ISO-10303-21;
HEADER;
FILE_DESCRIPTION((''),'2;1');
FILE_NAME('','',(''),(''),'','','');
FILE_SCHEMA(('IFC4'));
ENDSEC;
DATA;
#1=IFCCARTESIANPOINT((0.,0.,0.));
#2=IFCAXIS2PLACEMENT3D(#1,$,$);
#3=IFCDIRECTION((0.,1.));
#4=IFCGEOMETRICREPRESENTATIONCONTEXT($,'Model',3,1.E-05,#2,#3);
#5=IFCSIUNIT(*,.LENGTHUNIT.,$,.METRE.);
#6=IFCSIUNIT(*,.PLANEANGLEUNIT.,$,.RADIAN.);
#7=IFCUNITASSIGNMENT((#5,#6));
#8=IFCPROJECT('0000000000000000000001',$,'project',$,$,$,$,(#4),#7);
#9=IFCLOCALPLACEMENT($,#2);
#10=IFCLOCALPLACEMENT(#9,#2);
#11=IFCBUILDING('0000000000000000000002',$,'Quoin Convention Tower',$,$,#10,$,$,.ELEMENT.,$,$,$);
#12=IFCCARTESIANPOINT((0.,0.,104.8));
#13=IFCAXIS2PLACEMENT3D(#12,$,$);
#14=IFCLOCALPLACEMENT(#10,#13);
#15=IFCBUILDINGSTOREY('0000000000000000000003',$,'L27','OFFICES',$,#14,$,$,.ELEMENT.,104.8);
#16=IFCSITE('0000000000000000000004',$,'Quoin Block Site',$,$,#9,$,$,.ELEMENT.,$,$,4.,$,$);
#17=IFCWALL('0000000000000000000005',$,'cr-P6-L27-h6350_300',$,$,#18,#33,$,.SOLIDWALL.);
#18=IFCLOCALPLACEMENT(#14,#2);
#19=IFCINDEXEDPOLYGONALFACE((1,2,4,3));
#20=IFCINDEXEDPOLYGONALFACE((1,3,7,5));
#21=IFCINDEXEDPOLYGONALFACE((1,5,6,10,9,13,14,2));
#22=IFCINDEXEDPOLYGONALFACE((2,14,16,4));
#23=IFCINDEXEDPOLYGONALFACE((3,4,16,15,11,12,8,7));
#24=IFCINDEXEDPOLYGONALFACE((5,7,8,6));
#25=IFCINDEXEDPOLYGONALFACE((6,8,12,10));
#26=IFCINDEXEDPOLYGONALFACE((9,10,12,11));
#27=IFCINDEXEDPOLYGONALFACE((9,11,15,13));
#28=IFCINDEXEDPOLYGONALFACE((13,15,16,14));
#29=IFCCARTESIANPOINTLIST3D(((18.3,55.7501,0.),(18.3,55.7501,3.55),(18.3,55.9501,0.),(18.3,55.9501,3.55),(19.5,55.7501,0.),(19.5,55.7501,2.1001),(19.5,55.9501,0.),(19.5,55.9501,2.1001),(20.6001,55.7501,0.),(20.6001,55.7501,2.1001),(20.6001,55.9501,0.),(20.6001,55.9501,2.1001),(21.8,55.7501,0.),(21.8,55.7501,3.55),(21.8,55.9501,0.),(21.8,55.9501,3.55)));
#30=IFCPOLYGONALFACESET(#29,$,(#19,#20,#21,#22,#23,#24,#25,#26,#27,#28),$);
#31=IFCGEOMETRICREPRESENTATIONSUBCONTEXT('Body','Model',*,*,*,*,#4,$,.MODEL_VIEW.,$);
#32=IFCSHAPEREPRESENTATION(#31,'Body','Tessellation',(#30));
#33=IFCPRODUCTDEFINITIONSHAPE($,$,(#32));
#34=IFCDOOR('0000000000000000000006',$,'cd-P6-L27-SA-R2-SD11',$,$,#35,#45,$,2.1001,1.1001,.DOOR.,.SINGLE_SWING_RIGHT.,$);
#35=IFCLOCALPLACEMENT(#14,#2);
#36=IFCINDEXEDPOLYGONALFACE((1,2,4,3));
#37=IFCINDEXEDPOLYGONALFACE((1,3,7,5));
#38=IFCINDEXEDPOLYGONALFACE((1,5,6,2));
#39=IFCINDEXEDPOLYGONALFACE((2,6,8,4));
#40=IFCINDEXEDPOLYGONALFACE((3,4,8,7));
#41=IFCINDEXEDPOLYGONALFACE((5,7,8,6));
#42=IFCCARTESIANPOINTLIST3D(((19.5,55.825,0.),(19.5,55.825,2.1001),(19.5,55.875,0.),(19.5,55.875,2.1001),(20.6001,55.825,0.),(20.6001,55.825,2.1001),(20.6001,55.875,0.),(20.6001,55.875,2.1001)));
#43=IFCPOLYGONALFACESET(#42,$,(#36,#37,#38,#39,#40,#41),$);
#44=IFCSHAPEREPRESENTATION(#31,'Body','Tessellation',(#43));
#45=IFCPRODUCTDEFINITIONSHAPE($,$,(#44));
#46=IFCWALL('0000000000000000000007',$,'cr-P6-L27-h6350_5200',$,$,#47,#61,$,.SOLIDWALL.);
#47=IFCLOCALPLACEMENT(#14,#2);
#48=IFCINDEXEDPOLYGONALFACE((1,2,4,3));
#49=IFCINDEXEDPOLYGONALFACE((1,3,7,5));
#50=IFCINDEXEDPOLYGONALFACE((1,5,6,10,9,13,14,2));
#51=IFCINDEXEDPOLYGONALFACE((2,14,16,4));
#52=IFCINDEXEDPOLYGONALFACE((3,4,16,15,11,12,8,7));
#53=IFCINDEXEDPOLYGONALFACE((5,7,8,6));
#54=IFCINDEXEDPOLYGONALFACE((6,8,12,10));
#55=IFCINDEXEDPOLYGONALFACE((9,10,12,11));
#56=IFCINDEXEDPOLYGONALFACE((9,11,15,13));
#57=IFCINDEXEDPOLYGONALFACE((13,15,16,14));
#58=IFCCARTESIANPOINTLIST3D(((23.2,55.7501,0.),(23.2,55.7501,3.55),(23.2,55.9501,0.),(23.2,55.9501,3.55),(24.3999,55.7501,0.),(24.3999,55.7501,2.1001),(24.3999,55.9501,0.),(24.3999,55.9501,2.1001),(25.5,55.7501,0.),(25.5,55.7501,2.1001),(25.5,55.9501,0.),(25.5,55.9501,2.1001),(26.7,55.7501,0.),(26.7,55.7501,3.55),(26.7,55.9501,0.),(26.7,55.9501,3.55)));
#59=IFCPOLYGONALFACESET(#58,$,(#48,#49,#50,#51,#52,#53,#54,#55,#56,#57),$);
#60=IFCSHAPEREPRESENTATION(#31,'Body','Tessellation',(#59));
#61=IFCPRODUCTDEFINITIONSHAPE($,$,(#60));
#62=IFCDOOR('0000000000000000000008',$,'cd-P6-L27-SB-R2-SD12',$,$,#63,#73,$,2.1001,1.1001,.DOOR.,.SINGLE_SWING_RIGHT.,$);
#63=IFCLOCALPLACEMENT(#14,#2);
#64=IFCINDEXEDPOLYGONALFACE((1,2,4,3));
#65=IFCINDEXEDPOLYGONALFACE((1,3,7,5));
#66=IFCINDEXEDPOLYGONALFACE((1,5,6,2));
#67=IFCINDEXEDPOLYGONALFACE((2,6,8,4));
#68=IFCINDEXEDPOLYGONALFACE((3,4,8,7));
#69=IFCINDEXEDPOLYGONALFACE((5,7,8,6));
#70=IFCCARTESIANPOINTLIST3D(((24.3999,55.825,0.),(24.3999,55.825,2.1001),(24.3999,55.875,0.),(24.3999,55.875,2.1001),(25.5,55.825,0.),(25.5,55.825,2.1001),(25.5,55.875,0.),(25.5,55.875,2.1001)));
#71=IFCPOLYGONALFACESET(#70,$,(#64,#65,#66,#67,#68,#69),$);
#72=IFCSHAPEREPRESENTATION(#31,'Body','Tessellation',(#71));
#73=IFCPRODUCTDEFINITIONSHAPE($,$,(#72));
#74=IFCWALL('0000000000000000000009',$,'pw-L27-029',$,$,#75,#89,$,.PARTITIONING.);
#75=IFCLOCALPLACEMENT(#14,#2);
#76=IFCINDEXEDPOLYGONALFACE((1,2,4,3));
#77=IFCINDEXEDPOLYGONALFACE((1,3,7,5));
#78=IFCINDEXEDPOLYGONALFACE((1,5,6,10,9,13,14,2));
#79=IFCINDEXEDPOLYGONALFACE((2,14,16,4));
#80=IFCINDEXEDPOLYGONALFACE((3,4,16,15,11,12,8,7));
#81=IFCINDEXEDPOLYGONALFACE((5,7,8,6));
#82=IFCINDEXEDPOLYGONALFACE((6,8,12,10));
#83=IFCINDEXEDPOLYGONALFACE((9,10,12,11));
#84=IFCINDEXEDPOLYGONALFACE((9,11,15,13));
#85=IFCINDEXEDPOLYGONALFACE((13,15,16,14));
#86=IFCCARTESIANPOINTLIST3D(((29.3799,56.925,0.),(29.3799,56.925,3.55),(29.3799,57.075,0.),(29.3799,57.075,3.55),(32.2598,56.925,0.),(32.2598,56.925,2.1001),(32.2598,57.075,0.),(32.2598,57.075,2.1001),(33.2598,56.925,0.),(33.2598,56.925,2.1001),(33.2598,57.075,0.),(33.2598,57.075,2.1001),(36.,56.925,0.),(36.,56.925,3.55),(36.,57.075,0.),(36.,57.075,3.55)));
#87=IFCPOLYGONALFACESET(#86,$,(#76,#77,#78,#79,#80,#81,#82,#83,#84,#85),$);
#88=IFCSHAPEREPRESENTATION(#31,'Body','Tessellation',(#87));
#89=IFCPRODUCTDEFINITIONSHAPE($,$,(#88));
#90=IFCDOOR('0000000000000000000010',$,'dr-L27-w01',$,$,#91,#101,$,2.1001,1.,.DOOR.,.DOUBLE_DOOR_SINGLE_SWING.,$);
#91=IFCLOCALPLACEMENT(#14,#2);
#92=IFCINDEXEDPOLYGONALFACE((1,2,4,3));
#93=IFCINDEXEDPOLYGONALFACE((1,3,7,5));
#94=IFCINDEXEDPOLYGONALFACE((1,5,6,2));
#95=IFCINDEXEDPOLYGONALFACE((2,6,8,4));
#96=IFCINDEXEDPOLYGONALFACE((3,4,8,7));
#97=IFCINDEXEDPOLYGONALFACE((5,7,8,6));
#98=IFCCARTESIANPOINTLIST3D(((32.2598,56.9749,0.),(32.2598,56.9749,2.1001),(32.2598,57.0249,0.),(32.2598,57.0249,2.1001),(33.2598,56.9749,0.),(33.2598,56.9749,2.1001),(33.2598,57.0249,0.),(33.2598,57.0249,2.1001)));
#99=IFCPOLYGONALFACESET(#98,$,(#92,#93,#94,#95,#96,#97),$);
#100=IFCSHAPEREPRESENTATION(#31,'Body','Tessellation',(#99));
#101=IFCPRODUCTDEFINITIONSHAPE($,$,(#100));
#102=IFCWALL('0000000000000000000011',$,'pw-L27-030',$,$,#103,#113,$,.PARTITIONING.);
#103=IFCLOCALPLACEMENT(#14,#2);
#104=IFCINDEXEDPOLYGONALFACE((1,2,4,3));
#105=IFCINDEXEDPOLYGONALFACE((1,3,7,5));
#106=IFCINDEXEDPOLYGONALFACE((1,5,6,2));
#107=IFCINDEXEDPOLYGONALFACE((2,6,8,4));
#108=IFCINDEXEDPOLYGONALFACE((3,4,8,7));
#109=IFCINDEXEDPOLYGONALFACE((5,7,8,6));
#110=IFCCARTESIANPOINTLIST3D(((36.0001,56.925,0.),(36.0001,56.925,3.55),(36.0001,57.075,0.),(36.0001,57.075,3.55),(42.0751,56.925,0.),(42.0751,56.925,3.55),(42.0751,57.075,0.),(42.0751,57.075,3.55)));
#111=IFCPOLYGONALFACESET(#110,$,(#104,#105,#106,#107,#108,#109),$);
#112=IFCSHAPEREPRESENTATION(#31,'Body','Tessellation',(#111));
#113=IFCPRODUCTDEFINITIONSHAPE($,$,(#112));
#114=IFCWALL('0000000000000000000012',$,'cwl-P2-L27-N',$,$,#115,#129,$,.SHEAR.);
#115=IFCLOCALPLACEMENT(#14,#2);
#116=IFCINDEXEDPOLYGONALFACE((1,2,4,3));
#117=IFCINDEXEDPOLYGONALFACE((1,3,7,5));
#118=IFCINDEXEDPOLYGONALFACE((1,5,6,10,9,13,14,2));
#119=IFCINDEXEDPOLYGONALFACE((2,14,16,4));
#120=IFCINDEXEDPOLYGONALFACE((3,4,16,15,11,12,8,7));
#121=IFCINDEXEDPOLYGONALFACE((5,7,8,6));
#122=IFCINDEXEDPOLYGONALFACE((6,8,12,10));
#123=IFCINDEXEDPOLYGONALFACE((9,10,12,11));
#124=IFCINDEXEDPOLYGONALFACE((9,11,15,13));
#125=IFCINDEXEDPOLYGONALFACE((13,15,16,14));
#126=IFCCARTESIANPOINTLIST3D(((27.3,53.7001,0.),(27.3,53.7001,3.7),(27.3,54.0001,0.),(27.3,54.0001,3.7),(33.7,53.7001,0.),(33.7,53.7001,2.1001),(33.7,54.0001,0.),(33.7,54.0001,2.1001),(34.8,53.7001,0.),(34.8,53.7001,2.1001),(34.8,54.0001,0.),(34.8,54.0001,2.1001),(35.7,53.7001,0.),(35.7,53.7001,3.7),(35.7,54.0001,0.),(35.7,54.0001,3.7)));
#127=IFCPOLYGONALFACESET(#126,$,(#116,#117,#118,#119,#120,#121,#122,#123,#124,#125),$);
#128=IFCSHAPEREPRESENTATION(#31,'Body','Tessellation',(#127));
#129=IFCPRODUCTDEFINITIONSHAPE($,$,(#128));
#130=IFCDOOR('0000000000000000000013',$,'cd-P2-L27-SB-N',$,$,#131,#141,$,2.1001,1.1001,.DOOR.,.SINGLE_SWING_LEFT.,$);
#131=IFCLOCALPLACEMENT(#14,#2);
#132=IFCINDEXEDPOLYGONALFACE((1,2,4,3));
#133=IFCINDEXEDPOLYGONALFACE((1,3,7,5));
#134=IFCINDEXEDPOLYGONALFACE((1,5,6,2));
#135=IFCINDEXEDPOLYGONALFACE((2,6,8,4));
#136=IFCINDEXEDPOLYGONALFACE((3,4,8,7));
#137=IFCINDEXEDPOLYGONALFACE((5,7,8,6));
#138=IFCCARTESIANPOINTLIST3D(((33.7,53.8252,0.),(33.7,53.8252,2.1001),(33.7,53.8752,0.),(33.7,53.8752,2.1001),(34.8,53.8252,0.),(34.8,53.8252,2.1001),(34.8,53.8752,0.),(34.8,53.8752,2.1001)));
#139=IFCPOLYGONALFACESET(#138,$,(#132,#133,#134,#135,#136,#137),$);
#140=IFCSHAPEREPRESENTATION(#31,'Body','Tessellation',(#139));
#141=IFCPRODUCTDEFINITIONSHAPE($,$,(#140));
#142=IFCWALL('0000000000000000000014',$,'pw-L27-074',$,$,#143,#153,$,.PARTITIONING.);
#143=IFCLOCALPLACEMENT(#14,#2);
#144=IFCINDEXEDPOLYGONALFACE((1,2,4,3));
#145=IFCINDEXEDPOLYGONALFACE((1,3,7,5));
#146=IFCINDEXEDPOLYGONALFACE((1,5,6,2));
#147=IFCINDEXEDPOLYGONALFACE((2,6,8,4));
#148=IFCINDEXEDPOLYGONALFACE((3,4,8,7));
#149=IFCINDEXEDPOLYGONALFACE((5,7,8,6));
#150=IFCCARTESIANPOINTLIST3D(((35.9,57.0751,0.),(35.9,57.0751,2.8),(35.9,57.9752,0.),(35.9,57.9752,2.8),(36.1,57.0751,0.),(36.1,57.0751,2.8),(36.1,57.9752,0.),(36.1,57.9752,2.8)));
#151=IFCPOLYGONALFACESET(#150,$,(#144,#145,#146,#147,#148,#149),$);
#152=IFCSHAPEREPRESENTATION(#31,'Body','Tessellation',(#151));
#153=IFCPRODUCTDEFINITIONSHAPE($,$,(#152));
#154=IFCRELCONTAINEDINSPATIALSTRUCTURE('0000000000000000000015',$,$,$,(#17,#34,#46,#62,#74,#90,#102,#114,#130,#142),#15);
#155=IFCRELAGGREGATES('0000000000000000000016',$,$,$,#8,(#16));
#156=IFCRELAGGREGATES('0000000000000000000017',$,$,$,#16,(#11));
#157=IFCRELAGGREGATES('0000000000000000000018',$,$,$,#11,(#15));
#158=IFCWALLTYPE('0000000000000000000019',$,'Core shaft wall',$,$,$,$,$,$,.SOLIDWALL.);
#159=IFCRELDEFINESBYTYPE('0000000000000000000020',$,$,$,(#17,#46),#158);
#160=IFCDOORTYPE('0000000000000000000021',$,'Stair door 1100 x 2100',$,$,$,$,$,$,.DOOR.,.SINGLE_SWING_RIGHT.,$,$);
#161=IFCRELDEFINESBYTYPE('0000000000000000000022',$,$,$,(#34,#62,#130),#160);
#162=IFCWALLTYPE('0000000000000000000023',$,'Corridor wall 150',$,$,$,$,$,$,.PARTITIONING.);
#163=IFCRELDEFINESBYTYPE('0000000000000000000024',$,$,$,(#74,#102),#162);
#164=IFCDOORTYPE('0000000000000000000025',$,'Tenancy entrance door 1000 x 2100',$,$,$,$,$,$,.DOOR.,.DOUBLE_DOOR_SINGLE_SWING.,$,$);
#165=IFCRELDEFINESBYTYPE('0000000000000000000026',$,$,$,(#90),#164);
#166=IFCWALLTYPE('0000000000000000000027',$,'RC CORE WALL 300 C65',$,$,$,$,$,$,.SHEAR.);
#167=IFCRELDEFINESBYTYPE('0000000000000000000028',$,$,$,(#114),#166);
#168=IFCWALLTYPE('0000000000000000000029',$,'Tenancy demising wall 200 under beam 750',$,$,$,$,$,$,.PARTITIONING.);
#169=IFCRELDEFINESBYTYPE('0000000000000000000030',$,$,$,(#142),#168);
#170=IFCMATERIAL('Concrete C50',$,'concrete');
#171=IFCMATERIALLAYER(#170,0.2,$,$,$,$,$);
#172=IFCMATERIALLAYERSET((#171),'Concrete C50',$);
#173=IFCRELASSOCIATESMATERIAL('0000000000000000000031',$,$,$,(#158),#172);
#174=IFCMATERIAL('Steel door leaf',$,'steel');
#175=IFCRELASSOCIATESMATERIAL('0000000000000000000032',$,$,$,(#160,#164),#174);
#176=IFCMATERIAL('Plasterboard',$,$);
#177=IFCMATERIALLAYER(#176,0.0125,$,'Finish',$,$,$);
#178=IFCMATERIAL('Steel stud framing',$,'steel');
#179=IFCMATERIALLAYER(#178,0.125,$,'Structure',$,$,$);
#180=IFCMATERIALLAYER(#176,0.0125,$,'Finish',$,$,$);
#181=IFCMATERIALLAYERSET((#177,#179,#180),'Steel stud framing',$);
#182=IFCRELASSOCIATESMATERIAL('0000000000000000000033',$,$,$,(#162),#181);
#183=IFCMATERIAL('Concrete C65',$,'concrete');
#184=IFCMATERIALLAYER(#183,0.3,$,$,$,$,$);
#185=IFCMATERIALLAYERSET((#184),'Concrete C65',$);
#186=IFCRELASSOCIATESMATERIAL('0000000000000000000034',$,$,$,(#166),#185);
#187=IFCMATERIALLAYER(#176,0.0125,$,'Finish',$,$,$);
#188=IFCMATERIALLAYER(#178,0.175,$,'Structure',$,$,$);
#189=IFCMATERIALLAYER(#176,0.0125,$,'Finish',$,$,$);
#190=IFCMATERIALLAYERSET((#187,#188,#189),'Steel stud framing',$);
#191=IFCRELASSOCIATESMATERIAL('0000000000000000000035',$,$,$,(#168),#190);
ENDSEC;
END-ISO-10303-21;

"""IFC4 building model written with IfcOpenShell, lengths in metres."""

from ifc_helpers import new_model, si_unit, direction, frame, frame_2d, origin, place, context, subcontext, project, spatial, rectangle, extrude, material, layer, layer_set, type_object, element, fill, save


model = new_model("IFC4")

# Units and contexts
model_context = context("Model", 3, precision=1e-05, world=origin(), true_north=direction((0.0, 1.0)))
body_context = subcontext(model_context, "Body", "Model", "MODEL_VIEW")
ifc_project = project(units=[si_unit("LENGTHUNIT", "METRE"), si_unit("PLANEANGLEUNIT", "RADIAN")], contexts=[model_context])

# Site, building, storey
site_placement = place(None, origin())
site = spatial("IfcSite", under=ifc_project, at=site_placement, Name="Quoin Block Site", CompositionType="ELEMENT", RefElevation=4.0)
building_placement = place(site_placement, origin())
building = spatial("IfcBuilding", under=site, at=building_placement, Name="Quoin Convention Tower", CompositionType="ELEMENT")
storey_placement = place(building_placement, frame((0.0, 0.0, 104.8)))
storey = spatial("IfcBuildingStorey", under=building, at=storey_placement, Name="L27", Description="OFFICES", CompositionType="ELEMENT", Elevation=104.8)

# Shared definitions
ifc_material_1 = material(Name="Concrete C65", Category="concrete")

# Shared definitions
ifc_material_2 = material(Name="Concrete C50", Category="concrete")
ifc_layer_1 = layer(ifc_material_2, 0.2)
ifc_layer_set_1 = layer_set([ifc_layer_1], Name="Concrete C50")
wall_type_1 = type_object("IfcWallType", Name="Core shaft wall", PredefinedType="SOLIDWALL", material=ifc_layer_set_1)

# Walls, openings, doors
wall_1_placement = place(storey_placement, frame((18.3, 55.8501, 0.0), z_axis=(0.0, 0.0, 1.0), x_axis=(1.0, 0.0, 0.0)))
wall_1 = element("IfcWall", 1, at=wall_1_placement, inside=storey, type_object=wall_type_1, Name="cr-P6-L27-h6350_300", PredefinedType="SOLIDWALL", context=body_context, shape_type="SweptSolid", body=[
    extrude(rectangle(XDim=3.5, YDim=0.2, at=frame_2d((1.75, 0.0))), origin(), (0.0, 0.0, 1.0), 3.55),
])
opening_1_placement = place(wall_1_placement, frame((1.2, 0.0, 0.0)))
opening_1 = element("IfcOpeningElement", 2, at=opening_1_placement, cuts=wall_1, PredefinedType="OPENING", context=body_context, shape_type="SweptSolid", body=[
    extrude(rectangle(XDim=1.1001, YDim=2.1001, at=frame_2d((0.55, 1.05))), frame((0.0, 0.1099, 0.0), z_axis=(0.0, -1.0, 0.0), x_axis=(1.0, 0.0, 0.0)), (0.0, 0.0, 1.0), 0.22),
])
ifc_material_3 = material(Name="Steel door leaf", Category="steel")
door_type_1 = type_object("IfcDoorType", Name="Stair door 1100 x 2100", OperationType="SINGLE_SWING_RIGHT", PredefinedType="DOOR", material=ifc_material_3)
door_1_placement = place(opening_1_placement, origin())
door_1 = element("IfcDoor", 3, at=door_1_placement, inside=storey, type_object=door_type_1, Name="cd-P6-L27-SA-R2-SD11", OperationType="SINGLE_SWING_RIGHT", OverallHeight=2.1001, OverallWidth=1.1001, PredefinedType="DOOR", context=body_context, shape_type="SweptSolid", body=[
    extrude(rectangle(XDim=1.1001, YDim=2.1001, at=frame_2d((0.55, 1.05))), frame((0.0, 0.0249, 0.0), z_axis=(0.0, -1.0, 0.0), x_axis=(1.0, 0.0, 0.0)), (0.0, 0.0, 1.0), 0.05),
])
fill(opening_1, door_1)
wall_2_placement = place(storey_placement, frame((23.2, 55.8501, 0.0), z_axis=(0.0, 0.0, 1.0), x_axis=(1.0, 0.0, 0.0)))
wall_2 = element("IfcWall", 4, at=wall_2_placement, inside=storey, type_object=wall_type_1, Name="cr-P6-L27-h6350_5200", PredefinedType="SOLIDWALL", context=body_context, shape_type="SweptSolid", body=[
    extrude(rectangle(XDim=3.5, YDim=0.2, at=frame_2d((1.75, 0.0))), origin(), (0.0, 0.0, 1.0), 3.55),
])
opening_2_placement = place(wall_2_placement, frame((1.2, 0.0, 0.0)))
opening_2 = element("IfcOpeningElement", 5, at=opening_2_placement, cuts=wall_2, PredefinedType="OPENING", context=body_context, shape_type="SweptSolid", body=[
    extrude(rectangle(XDim=1.1001, YDim=2.1001, at=frame_2d((0.55, 1.05))), frame((0.0, 0.1099, 0.0), z_axis=(0.0, -1.0, 0.0), x_axis=(1.0, 0.0, 0.0)), (0.0, 0.0, 1.0), 0.22),
])
door_2_placement = place(opening_2_placement, origin())
door_2 = element("IfcDoor", 6, at=door_2_placement, inside=storey, type_object=door_type_1, Name="cd-P6-L27-SB-R2-SD12", OperationType="SINGLE_SWING_RIGHT", OverallHeight=2.1001, OverallWidth=1.1001, PredefinedType="DOOR", context=body_context, shape_type="SweptSolid", body=[
    extrude(rectangle(XDim=1.1001, YDim=2.1001, at=frame_2d((0.55, 1.05))), frame((0.0, 0.0249, 0.0), z_axis=(0.0, -1.0, 0.0), x_axis=(1.0, 0.0, 0.0)), (0.0, 0.0, 1.0), 0.05),
])
fill(opening_2, door_2)
ifc_material_4 = material(Name="Plasterboard")
ifc_layer_2 = layer(ifc_material_4, 0.0125, Name="Finish")
ifc_material_5 = material(Name="Steel stud framing", Category="steel")
ifc_layer_3 = layer(ifc_material_5, 0.125, Name="Structure")
ifc_layer_4 = layer(ifc_material_4, 0.0125, Name="Finish")
ifc_layer_set_2 = layer_set([ifc_layer_2, ifc_layer_3, ifc_layer_4], Name="Steel stud framing")
wall_type_2 = type_object("IfcWallType", Name="Corridor wall 150", PredefinedType="PARTITIONING", material=ifc_layer_set_2)
wall_3_placement = place(storey_placement, frame((29.3799, 57.0, 0.0), z_axis=(0.0, 0.0, 1.0), x_axis=(1.0, 0.0, 0.0)))
wall_3 = element("IfcWall", 7, at=wall_3_placement, inside=storey, type_object=wall_type_2, Name="pw-L27-029", PredefinedType="PARTITIONING", context=body_context, shape_type="SweptSolid", body=[
    extrude(rectangle(XDim=6.6201, YDim=0.1499, at=frame_2d((3.3101, 0.0))), origin(), (0.0, 0.0, 1.0), 3.55),
])
opening_3_placement = place(wall_3_placement, frame((2.8799, 0.0, 0.0)))
opening_3 = element("IfcOpeningElement", 8, at=opening_3_placement, cuts=wall_3, PredefinedType="OPENING", context=body_context, shape_type="SweptSolid", body=[
    extrude(rectangle(XDim=1.0, YDim=2.1001, at=frame_2d((0.5, 1.05))), frame((0.0, 0.085, 0.0), z_axis=(0.0, -1.0, 0.0), x_axis=(1.0, 0.0, 0.0)), (0.0, 0.0, 1.0), 0.1699),
])
door_type_2 = type_object("IfcDoorType", Name="Tenancy entrance door 1000 x 2100", OperationType="DOUBLE_DOOR_SINGLE_SWING", PredefinedType="DOOR", material=ifc_material_3)
door_3_placement = place(opening_3_placement, origin())
door_3 = element("IfcDoor", 9, at=door_3_placement, inside=storey, type_object=door_type_2, Name="dr-L27-w01", OperationType="DOUBLE_DOOR_SINGLE_SWING", OverallHeight=2.1001, OverallWidth=1.0, PredefinedType="DOOR", context=body_context, shape_type="SweptSolid", body=[
    extrude(rectangle(XDim=1.0, YDim=2.1001, at=frame_2d((0.5, 1.05))), frame((0.0, 0.0249, 0.0), z_axis=(0.0, -1.0, 0.0), x_axis=(1.0, 0.0, 0.0)), (0.0, 0.0, 1.0), 0.05),
])
fill(opening_3, door_3)

# Wall
wall_4_placement = place(storey_placement, frame((36.0, 57.0, 0.0), z_axis=(0.0, 0.0, 1.0), x_axis=(1.0, 0.0, 0.0)))
element("IfcWall", 10, at=wall_4_placement, inside=storey, type_object=wall_type_2, Name="pw-L27-030", PredefinedType="PARTITIONING", context=body_context, shape_type="SweptSolid", body=[
    extrude(rectangle(XDim=6.075, YDim=0.1499, at=frame_2d((3.0376, 0.0))), origin(), (0.0, 0.0, 1.0), 3.55),
])

# Wall, opening, door
ifc_layer_5 = layer(ifc_material_1, 0.3)
ifc_layer_set_3 = layer_set([ifc_layer_5], Name="Concrete C65")
wall_type_3 = type_object("IfcWallType", Name="RC CORE WALL 300 C65", PredefinedType="SHEAR", material=ifc_layer_set_3)
wall_5_placement = place(storey_placement, frame((27.3, 53.8501, 0.0), z_axis=(0.0, 0.0, 1.0), x_axis=(1.0, 0.0, 0.0)))
wall_5 = element("IfcWall", 11, at=wall_5_placement, inside=storey, type_object=wall_type_3, Name="cwl-P2-L27-N", PredefinedType="SHEAR", context=body_context, shape_type="SweptSolid", body=[
    extrude(rectangle(XDim=8.3999, YDim=0.3, at=frame_2d((4.2, 0.0))), origin(), (0.0, 0.0, 1.0), 3.7),
])
opening_4_placement = place(wall_5_placement, frame((6.3999, 0.0, 0.0)))
opening_4 = element("IfcOpeningElement", 12, at=opening_4_placement, cuts=wall_5, PredefinedType="OPENING", context=body_context, shape_type="SweptSolid", body=[
    extrude(rectangle(XDim=1.1001, YDim=2.1001, at=frame_2d((0.55, 1.05))), frame((0.0, 0.1599, 0.0), z_axis=(0.0, -1.0, 0.0), x_axis=(1.0, 0.0, 0.0)), (0.0, 0.0, 1.0), 0.3201),
])
door_4_placement = place(opening_4_placement, frame((1.1001, 0.0, 0.0), z_axis=(0.0, 0.0, 1.0), x_axis=(-1.0, 0.0, 0.0)))
door_4 = element("IfcDoor", 13, at=door_4_placement, inside=storey, type_object=door_type_1, Name="cd-P2-L27-SB-N", OperationType="SINGLE_SWING_LEFT", OverallHeight=2.1001, OverallWidth=1.1001, PredefinedType="DOOR", context=body_context, shape_type="SweptSolid", body=[
    extrude(rectangle(XDim=1.1001, YDim=2.1001, at=frame_2d((0.55, 1.05))), frame((0.0, 0.0249, 0.0), z_axis=(0.0, -1.0, 0.0), x_axis=(1.0, 0.0, 0.0)), (0.0, 0.0, 1.0), 0.05),
])
fill(opening_4, door_4)

# Wall
ifc_layer_6 = layer(ifc_material_4, 0.0125, Name="Finish")
ifc_layer_7 = layer(ifc_material_5, 0.175, Name="Structure")
ifc_layer_8 = layer(ifc_material_4, 0.0125, Name="Finish")
ifc_layer_set_4 = layer_set([ifc_layer_6, ifc_layer_7, ifc_layer_8], Name="Steel stud framing")
wall_type_4 = type_object("IfcWallType", Name="Tenancy demising wall 200 under beam 750", PredefinedType="PARTITIONING", material=ifc_layer_set_4)
wall_6_placement = place(storey_placement, frame((36.0, 57.075, 0.0), z_axis=(0.0, 0.0, 1.0), x_axis=(0.0, 1.0, 0.0)))
element("IfcWall", 14, at=wall_6_placement, inside=storey, type_object=wall_type_4, Name="pw-L27-074", PredefinedType="PARTITIONING", context=body_context, shape_type="SweptSolid", body=[
    extrude(rectangle(XDim=0.9001, YDim=0.2, at=frame_2d((0.4502, 0.0))), origin(), (0.0, 0.0, 1.0), 2.8),
])

save(model, "model.ifc")
